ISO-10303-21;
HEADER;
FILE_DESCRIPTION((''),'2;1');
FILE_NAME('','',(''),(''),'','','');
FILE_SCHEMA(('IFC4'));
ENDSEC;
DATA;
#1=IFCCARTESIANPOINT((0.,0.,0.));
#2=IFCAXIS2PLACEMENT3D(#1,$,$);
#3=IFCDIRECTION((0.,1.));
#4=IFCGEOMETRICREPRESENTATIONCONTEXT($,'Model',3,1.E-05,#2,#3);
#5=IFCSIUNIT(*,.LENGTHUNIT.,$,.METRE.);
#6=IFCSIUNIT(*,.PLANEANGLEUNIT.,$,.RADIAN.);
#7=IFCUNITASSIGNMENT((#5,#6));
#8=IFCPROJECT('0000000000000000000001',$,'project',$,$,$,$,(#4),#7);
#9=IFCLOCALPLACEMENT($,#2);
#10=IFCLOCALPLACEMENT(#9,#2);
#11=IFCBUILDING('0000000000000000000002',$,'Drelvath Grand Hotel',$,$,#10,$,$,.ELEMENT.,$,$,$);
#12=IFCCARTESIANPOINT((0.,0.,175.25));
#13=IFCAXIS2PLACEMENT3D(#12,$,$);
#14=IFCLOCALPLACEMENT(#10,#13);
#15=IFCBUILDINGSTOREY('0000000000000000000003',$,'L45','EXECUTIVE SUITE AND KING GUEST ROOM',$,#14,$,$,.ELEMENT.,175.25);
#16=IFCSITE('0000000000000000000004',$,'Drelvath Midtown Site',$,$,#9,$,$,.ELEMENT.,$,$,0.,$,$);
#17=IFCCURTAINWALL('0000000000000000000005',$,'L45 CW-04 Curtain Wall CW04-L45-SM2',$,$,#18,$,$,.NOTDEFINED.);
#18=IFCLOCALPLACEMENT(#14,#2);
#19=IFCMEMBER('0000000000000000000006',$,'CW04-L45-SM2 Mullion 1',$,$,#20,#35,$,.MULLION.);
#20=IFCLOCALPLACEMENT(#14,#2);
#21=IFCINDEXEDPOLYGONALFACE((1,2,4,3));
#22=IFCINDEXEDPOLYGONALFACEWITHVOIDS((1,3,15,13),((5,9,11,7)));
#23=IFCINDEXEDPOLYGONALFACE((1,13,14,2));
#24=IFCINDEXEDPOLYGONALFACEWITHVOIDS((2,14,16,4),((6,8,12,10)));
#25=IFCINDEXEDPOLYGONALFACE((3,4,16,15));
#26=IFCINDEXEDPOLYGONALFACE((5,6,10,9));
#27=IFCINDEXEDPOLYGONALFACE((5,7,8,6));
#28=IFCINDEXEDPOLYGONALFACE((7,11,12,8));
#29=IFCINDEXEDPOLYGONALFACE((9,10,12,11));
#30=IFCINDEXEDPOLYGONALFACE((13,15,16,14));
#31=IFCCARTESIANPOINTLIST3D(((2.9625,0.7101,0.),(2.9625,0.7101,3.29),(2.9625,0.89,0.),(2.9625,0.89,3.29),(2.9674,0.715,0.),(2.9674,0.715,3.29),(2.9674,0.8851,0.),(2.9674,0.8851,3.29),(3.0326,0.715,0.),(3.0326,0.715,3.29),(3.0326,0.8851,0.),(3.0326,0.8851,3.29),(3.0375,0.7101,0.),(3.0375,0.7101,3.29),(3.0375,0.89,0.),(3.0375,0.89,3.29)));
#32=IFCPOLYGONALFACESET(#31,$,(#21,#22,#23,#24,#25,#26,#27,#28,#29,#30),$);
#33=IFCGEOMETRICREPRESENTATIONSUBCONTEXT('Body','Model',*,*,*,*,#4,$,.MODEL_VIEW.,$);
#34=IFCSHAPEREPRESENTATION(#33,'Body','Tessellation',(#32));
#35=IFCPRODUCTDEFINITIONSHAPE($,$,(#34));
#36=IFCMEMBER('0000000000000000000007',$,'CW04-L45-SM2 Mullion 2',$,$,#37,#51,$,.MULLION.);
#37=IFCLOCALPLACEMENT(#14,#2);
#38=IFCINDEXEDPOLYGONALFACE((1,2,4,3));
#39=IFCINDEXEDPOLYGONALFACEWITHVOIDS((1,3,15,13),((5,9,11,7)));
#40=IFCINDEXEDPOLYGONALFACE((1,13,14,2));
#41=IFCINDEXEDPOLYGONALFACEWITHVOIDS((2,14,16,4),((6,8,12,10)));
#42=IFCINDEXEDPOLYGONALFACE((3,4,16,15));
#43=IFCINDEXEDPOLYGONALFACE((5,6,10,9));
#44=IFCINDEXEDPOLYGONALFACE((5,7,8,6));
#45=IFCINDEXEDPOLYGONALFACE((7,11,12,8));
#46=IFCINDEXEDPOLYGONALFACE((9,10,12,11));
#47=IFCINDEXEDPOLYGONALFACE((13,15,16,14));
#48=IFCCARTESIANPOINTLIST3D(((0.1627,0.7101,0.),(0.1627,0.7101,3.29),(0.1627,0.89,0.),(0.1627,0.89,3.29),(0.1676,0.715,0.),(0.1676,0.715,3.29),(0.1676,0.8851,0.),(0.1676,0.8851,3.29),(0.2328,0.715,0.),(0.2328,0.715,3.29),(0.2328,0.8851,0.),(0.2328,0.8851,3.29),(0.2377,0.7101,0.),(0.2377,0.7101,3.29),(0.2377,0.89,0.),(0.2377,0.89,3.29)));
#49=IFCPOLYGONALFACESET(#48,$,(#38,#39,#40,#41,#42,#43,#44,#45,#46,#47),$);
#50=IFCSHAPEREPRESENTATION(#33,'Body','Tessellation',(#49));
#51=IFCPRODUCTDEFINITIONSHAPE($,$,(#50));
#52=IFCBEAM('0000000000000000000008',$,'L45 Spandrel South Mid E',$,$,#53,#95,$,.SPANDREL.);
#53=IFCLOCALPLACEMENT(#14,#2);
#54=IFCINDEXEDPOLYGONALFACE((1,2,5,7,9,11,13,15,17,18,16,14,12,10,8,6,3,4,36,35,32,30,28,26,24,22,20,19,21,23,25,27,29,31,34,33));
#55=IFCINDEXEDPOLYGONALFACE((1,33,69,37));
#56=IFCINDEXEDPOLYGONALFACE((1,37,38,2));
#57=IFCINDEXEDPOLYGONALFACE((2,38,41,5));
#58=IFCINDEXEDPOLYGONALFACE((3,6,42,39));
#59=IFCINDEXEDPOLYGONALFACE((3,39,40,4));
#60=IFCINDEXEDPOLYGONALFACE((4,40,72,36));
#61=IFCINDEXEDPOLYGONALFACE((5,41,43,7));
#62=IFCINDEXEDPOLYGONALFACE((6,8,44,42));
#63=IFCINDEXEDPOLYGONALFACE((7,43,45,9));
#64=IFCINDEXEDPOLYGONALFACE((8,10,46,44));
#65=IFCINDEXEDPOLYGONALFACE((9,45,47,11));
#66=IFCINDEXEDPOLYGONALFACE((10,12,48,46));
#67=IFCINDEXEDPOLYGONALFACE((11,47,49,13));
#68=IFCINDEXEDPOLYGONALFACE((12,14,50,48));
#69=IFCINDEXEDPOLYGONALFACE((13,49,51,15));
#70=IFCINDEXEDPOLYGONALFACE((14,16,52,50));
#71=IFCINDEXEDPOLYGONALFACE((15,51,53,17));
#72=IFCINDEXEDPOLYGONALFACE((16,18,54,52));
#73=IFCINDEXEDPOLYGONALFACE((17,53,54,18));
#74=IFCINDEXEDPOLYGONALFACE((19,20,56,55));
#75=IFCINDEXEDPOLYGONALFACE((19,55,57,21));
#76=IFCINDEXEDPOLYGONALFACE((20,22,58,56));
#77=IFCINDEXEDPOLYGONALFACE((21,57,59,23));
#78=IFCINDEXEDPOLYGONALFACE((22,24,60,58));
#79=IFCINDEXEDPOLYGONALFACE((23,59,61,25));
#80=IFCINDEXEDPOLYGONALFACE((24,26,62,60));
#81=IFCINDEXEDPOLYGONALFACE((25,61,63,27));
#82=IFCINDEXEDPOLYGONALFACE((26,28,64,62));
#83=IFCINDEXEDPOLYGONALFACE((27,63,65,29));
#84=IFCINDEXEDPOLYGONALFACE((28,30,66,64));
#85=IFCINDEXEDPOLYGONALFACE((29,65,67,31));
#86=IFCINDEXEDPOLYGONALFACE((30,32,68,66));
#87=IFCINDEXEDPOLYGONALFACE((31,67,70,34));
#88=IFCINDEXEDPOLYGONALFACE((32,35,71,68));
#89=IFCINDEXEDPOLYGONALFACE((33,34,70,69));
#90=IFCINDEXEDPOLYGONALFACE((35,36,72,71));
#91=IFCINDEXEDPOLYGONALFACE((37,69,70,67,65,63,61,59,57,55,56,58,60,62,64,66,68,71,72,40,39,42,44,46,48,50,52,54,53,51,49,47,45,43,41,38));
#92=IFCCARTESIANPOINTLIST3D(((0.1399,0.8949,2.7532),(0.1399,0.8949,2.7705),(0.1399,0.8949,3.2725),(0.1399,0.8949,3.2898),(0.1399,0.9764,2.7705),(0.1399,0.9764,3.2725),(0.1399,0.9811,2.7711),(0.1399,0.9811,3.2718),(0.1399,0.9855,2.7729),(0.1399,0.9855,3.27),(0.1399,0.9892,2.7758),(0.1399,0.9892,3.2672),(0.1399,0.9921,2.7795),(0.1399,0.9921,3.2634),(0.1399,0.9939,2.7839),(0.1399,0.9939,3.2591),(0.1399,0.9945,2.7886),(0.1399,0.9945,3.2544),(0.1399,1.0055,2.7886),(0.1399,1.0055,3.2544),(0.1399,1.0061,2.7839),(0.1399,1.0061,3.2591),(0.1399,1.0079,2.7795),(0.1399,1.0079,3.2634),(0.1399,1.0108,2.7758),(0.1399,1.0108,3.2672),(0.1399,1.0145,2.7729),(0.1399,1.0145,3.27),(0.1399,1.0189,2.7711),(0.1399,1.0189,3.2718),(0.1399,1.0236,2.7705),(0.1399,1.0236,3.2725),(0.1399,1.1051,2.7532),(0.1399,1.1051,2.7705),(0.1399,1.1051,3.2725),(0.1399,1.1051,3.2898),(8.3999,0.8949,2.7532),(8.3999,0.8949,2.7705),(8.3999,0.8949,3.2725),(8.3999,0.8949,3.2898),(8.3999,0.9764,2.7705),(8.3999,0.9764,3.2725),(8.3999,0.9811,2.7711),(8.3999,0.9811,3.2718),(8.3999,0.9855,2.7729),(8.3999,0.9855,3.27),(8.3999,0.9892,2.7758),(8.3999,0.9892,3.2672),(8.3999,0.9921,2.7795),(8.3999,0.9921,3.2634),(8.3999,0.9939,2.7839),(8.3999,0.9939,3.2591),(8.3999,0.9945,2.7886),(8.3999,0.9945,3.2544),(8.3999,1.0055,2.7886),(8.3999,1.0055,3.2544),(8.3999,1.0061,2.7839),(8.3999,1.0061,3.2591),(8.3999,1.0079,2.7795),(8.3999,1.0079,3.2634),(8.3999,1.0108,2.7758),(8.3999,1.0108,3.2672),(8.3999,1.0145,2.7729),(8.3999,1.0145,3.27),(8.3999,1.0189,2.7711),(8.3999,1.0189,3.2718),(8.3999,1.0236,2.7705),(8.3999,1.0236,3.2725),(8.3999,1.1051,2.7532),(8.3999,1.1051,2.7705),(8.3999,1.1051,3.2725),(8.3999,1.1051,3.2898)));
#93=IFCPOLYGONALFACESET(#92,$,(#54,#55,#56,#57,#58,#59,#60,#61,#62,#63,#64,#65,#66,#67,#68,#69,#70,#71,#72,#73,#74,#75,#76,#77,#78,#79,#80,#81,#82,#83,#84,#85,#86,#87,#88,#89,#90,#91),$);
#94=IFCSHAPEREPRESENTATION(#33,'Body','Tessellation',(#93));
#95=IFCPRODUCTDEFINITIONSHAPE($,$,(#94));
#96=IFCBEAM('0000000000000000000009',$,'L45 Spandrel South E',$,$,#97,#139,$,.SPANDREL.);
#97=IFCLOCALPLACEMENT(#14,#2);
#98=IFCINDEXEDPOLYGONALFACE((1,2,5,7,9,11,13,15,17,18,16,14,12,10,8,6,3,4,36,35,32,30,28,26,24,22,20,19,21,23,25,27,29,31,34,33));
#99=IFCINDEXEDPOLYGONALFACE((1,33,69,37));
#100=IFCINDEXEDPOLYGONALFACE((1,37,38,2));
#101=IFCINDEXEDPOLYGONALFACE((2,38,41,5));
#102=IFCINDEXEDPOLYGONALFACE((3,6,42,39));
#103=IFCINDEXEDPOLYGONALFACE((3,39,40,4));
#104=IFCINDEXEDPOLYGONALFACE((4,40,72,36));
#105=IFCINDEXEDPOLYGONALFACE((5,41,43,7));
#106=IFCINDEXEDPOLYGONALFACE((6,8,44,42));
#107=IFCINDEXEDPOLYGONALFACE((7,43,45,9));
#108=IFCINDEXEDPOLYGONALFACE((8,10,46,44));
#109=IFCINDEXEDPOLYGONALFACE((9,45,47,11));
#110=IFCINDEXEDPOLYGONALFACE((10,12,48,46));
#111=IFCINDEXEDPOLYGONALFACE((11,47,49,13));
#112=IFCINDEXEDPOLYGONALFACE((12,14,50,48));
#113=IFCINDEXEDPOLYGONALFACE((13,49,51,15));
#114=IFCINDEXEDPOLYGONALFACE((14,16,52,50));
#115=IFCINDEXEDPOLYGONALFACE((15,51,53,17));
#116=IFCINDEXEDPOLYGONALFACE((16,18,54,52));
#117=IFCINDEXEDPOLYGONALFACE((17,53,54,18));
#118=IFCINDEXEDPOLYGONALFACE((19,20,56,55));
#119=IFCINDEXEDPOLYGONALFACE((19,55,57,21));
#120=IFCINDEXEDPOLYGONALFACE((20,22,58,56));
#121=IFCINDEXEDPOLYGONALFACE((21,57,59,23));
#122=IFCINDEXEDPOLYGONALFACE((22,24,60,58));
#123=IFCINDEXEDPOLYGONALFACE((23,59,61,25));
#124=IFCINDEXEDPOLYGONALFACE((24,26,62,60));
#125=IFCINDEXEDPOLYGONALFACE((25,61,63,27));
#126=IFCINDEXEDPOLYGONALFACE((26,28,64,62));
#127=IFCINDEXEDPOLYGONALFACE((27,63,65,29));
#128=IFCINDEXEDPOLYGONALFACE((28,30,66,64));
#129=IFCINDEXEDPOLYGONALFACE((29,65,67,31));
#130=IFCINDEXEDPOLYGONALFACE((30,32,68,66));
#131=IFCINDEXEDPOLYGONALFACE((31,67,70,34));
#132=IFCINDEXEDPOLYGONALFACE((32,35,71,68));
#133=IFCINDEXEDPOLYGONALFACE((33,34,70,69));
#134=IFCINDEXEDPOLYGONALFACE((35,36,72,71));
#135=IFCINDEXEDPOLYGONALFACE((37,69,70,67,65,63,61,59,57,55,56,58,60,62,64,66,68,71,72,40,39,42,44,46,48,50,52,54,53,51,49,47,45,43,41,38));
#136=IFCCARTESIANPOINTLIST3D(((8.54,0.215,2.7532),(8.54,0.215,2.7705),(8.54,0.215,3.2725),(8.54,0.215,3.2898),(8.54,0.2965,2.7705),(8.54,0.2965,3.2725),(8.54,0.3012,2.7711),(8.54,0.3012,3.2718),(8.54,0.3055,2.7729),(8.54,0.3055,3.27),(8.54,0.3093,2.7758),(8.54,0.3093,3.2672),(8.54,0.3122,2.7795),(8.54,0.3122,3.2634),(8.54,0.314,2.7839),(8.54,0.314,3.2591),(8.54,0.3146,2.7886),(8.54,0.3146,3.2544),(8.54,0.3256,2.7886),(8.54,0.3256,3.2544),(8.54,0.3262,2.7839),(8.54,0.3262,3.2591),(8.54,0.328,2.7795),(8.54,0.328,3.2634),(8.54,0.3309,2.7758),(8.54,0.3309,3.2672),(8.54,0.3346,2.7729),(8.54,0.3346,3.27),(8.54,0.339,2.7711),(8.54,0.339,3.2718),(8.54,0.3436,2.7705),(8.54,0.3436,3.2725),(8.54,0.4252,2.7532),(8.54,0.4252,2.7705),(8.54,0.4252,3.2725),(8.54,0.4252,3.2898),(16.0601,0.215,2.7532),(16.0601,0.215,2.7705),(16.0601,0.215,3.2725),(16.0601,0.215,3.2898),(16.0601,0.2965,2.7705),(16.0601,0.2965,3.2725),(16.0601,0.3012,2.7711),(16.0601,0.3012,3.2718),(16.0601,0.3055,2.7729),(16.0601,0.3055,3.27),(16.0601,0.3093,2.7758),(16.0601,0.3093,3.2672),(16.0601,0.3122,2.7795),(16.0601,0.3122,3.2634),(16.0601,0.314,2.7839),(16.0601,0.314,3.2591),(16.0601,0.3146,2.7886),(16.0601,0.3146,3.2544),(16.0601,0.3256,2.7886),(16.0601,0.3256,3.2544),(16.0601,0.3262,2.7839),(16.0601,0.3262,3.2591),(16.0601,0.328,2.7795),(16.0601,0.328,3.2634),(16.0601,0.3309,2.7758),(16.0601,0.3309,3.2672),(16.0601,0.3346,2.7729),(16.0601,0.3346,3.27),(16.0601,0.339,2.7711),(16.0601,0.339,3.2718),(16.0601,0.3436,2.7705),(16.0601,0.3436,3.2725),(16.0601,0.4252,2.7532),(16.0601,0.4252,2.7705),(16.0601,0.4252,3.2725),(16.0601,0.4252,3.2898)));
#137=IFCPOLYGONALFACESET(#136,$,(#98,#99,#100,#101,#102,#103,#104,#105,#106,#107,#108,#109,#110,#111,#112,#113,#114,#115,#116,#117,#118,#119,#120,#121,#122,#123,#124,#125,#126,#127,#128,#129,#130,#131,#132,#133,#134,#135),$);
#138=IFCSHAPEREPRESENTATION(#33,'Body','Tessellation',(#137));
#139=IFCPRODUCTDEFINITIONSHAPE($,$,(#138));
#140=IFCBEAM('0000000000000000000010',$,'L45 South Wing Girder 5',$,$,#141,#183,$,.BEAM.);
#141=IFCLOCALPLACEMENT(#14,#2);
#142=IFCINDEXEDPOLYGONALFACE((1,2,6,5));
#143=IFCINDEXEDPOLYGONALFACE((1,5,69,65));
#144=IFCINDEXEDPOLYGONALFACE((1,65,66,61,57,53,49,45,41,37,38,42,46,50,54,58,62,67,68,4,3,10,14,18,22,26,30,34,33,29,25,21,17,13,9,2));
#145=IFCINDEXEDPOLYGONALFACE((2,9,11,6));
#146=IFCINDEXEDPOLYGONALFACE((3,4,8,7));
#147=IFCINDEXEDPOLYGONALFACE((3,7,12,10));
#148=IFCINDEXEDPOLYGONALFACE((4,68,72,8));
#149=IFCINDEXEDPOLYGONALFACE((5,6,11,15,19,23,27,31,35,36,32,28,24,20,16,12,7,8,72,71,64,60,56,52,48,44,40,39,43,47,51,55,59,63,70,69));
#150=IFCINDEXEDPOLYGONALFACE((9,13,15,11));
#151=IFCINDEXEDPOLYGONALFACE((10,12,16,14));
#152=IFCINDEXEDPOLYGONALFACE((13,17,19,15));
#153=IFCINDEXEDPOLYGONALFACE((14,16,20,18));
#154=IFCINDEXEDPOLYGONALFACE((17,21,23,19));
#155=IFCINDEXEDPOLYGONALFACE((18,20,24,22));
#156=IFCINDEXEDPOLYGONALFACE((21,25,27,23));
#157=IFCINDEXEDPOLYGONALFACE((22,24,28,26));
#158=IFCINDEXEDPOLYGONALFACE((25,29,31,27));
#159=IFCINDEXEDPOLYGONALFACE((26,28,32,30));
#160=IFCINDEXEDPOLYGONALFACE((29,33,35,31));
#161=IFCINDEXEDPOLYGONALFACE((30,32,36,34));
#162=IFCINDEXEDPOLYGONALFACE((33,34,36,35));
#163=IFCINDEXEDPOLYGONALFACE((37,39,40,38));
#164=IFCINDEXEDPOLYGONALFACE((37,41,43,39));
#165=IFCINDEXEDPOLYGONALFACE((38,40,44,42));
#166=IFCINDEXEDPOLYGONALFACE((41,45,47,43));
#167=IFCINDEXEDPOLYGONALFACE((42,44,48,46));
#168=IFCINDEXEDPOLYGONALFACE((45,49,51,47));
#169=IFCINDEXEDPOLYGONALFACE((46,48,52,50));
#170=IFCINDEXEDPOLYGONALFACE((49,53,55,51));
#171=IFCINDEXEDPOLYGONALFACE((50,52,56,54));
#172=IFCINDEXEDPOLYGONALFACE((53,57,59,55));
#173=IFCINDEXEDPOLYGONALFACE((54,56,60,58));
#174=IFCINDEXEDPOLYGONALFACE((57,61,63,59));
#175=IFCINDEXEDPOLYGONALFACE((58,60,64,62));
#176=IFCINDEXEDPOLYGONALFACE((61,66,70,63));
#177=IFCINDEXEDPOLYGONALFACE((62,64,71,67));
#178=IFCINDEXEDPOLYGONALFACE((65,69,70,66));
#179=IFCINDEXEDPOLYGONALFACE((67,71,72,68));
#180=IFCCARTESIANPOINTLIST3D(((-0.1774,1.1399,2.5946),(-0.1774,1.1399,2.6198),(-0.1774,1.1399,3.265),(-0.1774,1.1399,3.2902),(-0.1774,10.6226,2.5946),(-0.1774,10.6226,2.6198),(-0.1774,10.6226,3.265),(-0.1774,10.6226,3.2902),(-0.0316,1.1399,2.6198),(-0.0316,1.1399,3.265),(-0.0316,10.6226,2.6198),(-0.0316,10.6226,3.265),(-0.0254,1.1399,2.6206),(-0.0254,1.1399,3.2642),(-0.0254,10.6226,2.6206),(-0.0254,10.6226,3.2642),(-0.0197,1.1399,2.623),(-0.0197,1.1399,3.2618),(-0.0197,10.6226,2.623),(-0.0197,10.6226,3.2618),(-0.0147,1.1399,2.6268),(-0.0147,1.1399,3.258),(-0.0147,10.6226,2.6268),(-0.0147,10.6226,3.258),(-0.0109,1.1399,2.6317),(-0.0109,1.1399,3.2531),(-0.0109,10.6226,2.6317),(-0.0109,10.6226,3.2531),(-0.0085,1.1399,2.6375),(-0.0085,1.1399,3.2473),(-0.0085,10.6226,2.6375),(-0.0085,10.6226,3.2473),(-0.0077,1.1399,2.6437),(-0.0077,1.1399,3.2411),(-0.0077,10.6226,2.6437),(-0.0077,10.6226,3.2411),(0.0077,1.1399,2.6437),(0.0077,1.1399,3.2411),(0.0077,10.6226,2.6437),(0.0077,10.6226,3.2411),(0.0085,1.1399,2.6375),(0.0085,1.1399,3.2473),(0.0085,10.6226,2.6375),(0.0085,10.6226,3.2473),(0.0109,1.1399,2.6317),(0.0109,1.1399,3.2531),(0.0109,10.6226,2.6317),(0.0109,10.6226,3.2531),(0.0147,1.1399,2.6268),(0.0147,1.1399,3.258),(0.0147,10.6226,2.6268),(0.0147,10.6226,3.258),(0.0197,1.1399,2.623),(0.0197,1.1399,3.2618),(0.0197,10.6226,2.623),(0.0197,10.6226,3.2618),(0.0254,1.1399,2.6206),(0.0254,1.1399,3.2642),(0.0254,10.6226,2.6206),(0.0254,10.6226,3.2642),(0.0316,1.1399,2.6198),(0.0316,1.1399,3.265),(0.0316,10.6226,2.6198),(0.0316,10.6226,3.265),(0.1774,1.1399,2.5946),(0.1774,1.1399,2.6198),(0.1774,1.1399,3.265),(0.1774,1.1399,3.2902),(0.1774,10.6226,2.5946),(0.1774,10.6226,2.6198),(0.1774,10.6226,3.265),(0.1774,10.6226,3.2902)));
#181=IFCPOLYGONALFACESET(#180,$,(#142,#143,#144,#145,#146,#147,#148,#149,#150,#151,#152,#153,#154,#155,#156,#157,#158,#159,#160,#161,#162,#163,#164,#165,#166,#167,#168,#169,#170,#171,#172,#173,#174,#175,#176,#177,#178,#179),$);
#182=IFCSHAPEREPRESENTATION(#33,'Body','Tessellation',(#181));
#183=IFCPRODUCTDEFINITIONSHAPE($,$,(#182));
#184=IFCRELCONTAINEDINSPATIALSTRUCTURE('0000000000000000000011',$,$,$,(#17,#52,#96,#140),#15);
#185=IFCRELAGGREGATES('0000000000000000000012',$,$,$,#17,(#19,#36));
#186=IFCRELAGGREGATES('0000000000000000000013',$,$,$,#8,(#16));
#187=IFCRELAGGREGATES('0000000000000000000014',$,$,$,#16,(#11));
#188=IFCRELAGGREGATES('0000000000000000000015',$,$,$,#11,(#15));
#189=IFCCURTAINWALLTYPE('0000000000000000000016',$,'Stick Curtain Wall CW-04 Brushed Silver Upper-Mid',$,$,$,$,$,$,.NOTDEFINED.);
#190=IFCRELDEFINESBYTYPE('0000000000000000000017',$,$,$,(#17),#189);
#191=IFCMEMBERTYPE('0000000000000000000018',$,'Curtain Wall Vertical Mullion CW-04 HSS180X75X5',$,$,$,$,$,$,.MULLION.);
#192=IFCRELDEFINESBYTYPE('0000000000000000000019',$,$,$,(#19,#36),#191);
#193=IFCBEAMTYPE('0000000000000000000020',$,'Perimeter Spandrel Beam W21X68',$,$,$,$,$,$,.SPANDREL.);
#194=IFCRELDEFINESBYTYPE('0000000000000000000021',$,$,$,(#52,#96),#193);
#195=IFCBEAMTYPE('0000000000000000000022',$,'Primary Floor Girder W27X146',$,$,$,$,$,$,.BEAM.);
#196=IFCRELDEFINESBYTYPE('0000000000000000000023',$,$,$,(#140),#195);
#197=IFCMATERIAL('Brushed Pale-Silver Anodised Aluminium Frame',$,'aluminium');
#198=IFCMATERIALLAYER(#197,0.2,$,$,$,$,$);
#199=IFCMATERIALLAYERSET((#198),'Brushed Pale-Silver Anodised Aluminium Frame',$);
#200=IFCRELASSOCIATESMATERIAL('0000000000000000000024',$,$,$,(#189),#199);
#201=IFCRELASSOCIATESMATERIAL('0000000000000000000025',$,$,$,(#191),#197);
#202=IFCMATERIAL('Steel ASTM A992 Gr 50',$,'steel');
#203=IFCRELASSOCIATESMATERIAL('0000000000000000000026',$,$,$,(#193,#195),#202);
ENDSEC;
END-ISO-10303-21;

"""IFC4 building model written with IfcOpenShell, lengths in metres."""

from ifc_helpers import new_model, si_unit, direction, frame, origin, origin_2d, place, context, subcontext, project, spatial, hollow_rectangle, i_section, extrude, material, layer, layer_set, material_profile, profile_set, type_object, element, aggregate, save


model = new_model("IFC4")

# Units and contexts
model_context = context("Model", 3, precision=1e-05, world=origin(), true_north=direction((0.0, 1.0)))
body_context = subcontext(model_context, "Body", "Model", "MODEL_VIEW")
ifc_project = project(units=[si_unit("LENGTHUNIT", "METRE"), si_unit("PLANEANGLEUNIT", "RADIAN")], contexts=[model_context])

# Site, building, storey
site_placement = place(None, origin())
site = spatial("IfcSite", under=ifc_project, at=site_placement, Name="Drelvath Midtown Site", CompositionType="ELEMENT", RefElevation=0.0)
building_placement = place(site_placement, origin())
building = spatial("IfcBuilding", under=site, at=building_placement, Name="Drelvath Grand Hotel", CompositionType="ELEMENT")
storey_placement = place(building_placement, frame((0.0, 0.0, 175.25)))
storey = spatial("IfcBuildingStorey", under=building, at=storey_placement, Name="L45", Description="EXECUTIVE SUITE AND KING GUEST ROOM", CompositionType="ELEMENT", Elevation=175.25)

# Curtain wall
ifc_material_1 = material(Name="Brushed Pale-Silver Anodised Aluminium Frame", Category="aluminium")
ifc_layer_1 = layer(ifc_material_1, 0.2)
ifc_layer_set_1 = layer_set([ifc_layer_1], Name="Brushed Pale-Silver Anodised Aluminium Frame")
curtain_wall_type = type_object("IfcCurtainWallType", Name="Stick Curtain Wall CW-04 Brushed Silver Upper-Mid", PredefinedType="NOTDEFINED", material=ifc_layer_set_1)
curtain_wall_1_placement = place(storey_placement, origin())
curtain_wall_1 = element("IfcCurtainWall", 1, at=curtain_wall_1_placement, inside=storey, type_object=curtain_wall_type, Name="L45 CW-04 Curtain Wall CW04-L45-SM2", PredefinedType="NOTDEFINED")

# Shared definitions
ifc_material_profile_1 = material_profile(ifc_material_1, hollow_rectangle(XDim=0.075, YDim=0.1799, WallThickness=0.0049, at=origin_2d()), Name="HSS180X75X5")
ifc_profile_set_1 = profile_set([ifc_material_profile_1], Name="Brushed Pale-Silver Anodised Aluminium Frame")
member_type_1 = type_object("IfcMemberType", Name="Curtain Wall Vertical Mullion CW-04 HSS180X75X5", PredefinedType="MULLION", material=ifc_profile_set_1)

# Members
member_1_placement = place(storey_placement, frame((3.0, 0.8, 0.0), z_axis=(0.0, 0.0, 1.0), x_axis=(1.0, 0.0, 0.0)))
member_1 = element("IfcMember", 2, at=member_1_placement, type_object=member_type_1, Name="CW04-L45-SM2 Mullion 1", PredefinedType="MULLION", context=body_context, shape_type="SweptSolid", body=[
    extrude(hollow_rectangle(XDim=0.075, YDim=0.1799, WallThickness=0.0049, at=origin_2d()), origin(), (0.0, 0.0, 1.0), 3.29),
])
member_2_placement = place(storey_placement, frame((0.2002, 0.8, 0.0), z_axis=(0.0, 0.0, 1.0), x_axis=(1.0, 0.0, 0.0)))
member_2 = element("IfcMember", 3, at=member_2_placement, type_object=member_type_1, Name="CW04-L45-SM2 Mullion 2", PredefinedType="MULLION", context=body_context, shape_type="SweptSolid", body=[
    extrude(hollow_rectangle(XDim=0.075, YDim=0.1799, WallThickness=0.0049, at=origin_2d()), origin(), (0.0, 0.0, 1.0), 3.29),
])

# Beams
ifc_material_2 = material(Name="Steel ASTM A992 Gr 50", Category="steel")
ifc_material_profile_2 = material_profile(ifc_material_2, i_section(OverallWidth=0.2102, OverallDepth=0.5366, WebThickness=0.011, FlangeThickness=0.0173, FilletRadius=0.0181, at=origin_2d()), Name="W21X68")
ifc_profile_set_2 = profile_set([ifc_material_profile_2], Name="Steel ASTM A992 Gr 50")
beam_type_1 = type_object("IfcBeamType", Name="Perimeter Spandrel Beam W21X68", PredefinedType="SPANDREL", material=ifc_profile_set_2)
beam_1_placement = place(storey_placement, frame((0.1399, 1.0, 3.0215), z_axis=(1.0, 0.0, 0.0), x_axis=(0.0, 1.0, 0.0)))
element("IfcBeam", 4, at=beam_1_placement, inside=storey, type_object=beam_type_1, Name="L45 Spandrel South Mid E", PredefinedType="SPANDREL", context=body_context, shape_type="SweptSolid", body=[
    extrude(i_section(OverallWidth=0.2102, OverallDepth=0.5366, WebThickness=0.011, FlangeThickness=0.0173, FilletRadius=0.0181, at=origin_2d()), origin(), (0.0, 0.0, 1.0), 8.26),
])
beam_2_placement = place(storey_placement, frame((8.54, 0.3201, 3.0215), z_axis=(1.0, 0.0, 0.0), x_axis=(0.0, 1.0, 0.0)))
element("IfcBeam", 5, at=beam_2_placement, inside=storey, type_object=beam_type_1, Name="L45 Spandrel South E", PredefinedType="SPANDREL", context=body_context, shape_type="SweptSolid", body=[
    extrude(i_section(OverallWidth=0.2102, OverallDepth=0.5366, WebThickness=0.011, FlangeThickness=0.0173, FilletRadius=0.0181, at=origin_2d()), origin(), (0.0, 0.0, 1.0), 7.52),
])
ifc_material_profile_3 = material_profile(ifc_material_2, i_section(OverallWidth=0.3547, OverallDepth=0.6956, WebThickness=0.0154, FlangeThickness=0.0251, FilletRadius=0.0239, at=origin_2d()), Name="W27X146")
ifc_profile_set_3 = profile_set([ifc_material_profile_3], Name="Steel ASTM A992 Gr 50")
beam_type_2 = type_object("IfcBeamType", Name="Primary Floor Girder W27X146", PredefinedType="BEAM", material=ifc_profile_set_3)
beam_3_placement = place(storey_placement, frame((0.0, 1.1399, 2.9424), z_axis=(0.0, 1.0, 0.0), x_axis=(-1.0, 0.0, 0.0)))
element("IfcBeam", 6, at=beam_3_placement, inside=storey, type_object=beam_type_2, Name="L45 South Wing Girder 5", PredefinedType="BEAM", context=body_context, shape_type="SweptSolid", body=[
    extrude(i_section(OverallWidth=0.3547, OverallDepth=0.6956, WebThickness=0.0154, FlangeThickness=0.0251, FilletRadius=0.0239, at=origin_2d()), origin(), (0.0, 0.0, 1.0), 9.4827),
])

aggregate(curtain_wall_1, [member_1, member_2])

save(model, "model.ifc")
